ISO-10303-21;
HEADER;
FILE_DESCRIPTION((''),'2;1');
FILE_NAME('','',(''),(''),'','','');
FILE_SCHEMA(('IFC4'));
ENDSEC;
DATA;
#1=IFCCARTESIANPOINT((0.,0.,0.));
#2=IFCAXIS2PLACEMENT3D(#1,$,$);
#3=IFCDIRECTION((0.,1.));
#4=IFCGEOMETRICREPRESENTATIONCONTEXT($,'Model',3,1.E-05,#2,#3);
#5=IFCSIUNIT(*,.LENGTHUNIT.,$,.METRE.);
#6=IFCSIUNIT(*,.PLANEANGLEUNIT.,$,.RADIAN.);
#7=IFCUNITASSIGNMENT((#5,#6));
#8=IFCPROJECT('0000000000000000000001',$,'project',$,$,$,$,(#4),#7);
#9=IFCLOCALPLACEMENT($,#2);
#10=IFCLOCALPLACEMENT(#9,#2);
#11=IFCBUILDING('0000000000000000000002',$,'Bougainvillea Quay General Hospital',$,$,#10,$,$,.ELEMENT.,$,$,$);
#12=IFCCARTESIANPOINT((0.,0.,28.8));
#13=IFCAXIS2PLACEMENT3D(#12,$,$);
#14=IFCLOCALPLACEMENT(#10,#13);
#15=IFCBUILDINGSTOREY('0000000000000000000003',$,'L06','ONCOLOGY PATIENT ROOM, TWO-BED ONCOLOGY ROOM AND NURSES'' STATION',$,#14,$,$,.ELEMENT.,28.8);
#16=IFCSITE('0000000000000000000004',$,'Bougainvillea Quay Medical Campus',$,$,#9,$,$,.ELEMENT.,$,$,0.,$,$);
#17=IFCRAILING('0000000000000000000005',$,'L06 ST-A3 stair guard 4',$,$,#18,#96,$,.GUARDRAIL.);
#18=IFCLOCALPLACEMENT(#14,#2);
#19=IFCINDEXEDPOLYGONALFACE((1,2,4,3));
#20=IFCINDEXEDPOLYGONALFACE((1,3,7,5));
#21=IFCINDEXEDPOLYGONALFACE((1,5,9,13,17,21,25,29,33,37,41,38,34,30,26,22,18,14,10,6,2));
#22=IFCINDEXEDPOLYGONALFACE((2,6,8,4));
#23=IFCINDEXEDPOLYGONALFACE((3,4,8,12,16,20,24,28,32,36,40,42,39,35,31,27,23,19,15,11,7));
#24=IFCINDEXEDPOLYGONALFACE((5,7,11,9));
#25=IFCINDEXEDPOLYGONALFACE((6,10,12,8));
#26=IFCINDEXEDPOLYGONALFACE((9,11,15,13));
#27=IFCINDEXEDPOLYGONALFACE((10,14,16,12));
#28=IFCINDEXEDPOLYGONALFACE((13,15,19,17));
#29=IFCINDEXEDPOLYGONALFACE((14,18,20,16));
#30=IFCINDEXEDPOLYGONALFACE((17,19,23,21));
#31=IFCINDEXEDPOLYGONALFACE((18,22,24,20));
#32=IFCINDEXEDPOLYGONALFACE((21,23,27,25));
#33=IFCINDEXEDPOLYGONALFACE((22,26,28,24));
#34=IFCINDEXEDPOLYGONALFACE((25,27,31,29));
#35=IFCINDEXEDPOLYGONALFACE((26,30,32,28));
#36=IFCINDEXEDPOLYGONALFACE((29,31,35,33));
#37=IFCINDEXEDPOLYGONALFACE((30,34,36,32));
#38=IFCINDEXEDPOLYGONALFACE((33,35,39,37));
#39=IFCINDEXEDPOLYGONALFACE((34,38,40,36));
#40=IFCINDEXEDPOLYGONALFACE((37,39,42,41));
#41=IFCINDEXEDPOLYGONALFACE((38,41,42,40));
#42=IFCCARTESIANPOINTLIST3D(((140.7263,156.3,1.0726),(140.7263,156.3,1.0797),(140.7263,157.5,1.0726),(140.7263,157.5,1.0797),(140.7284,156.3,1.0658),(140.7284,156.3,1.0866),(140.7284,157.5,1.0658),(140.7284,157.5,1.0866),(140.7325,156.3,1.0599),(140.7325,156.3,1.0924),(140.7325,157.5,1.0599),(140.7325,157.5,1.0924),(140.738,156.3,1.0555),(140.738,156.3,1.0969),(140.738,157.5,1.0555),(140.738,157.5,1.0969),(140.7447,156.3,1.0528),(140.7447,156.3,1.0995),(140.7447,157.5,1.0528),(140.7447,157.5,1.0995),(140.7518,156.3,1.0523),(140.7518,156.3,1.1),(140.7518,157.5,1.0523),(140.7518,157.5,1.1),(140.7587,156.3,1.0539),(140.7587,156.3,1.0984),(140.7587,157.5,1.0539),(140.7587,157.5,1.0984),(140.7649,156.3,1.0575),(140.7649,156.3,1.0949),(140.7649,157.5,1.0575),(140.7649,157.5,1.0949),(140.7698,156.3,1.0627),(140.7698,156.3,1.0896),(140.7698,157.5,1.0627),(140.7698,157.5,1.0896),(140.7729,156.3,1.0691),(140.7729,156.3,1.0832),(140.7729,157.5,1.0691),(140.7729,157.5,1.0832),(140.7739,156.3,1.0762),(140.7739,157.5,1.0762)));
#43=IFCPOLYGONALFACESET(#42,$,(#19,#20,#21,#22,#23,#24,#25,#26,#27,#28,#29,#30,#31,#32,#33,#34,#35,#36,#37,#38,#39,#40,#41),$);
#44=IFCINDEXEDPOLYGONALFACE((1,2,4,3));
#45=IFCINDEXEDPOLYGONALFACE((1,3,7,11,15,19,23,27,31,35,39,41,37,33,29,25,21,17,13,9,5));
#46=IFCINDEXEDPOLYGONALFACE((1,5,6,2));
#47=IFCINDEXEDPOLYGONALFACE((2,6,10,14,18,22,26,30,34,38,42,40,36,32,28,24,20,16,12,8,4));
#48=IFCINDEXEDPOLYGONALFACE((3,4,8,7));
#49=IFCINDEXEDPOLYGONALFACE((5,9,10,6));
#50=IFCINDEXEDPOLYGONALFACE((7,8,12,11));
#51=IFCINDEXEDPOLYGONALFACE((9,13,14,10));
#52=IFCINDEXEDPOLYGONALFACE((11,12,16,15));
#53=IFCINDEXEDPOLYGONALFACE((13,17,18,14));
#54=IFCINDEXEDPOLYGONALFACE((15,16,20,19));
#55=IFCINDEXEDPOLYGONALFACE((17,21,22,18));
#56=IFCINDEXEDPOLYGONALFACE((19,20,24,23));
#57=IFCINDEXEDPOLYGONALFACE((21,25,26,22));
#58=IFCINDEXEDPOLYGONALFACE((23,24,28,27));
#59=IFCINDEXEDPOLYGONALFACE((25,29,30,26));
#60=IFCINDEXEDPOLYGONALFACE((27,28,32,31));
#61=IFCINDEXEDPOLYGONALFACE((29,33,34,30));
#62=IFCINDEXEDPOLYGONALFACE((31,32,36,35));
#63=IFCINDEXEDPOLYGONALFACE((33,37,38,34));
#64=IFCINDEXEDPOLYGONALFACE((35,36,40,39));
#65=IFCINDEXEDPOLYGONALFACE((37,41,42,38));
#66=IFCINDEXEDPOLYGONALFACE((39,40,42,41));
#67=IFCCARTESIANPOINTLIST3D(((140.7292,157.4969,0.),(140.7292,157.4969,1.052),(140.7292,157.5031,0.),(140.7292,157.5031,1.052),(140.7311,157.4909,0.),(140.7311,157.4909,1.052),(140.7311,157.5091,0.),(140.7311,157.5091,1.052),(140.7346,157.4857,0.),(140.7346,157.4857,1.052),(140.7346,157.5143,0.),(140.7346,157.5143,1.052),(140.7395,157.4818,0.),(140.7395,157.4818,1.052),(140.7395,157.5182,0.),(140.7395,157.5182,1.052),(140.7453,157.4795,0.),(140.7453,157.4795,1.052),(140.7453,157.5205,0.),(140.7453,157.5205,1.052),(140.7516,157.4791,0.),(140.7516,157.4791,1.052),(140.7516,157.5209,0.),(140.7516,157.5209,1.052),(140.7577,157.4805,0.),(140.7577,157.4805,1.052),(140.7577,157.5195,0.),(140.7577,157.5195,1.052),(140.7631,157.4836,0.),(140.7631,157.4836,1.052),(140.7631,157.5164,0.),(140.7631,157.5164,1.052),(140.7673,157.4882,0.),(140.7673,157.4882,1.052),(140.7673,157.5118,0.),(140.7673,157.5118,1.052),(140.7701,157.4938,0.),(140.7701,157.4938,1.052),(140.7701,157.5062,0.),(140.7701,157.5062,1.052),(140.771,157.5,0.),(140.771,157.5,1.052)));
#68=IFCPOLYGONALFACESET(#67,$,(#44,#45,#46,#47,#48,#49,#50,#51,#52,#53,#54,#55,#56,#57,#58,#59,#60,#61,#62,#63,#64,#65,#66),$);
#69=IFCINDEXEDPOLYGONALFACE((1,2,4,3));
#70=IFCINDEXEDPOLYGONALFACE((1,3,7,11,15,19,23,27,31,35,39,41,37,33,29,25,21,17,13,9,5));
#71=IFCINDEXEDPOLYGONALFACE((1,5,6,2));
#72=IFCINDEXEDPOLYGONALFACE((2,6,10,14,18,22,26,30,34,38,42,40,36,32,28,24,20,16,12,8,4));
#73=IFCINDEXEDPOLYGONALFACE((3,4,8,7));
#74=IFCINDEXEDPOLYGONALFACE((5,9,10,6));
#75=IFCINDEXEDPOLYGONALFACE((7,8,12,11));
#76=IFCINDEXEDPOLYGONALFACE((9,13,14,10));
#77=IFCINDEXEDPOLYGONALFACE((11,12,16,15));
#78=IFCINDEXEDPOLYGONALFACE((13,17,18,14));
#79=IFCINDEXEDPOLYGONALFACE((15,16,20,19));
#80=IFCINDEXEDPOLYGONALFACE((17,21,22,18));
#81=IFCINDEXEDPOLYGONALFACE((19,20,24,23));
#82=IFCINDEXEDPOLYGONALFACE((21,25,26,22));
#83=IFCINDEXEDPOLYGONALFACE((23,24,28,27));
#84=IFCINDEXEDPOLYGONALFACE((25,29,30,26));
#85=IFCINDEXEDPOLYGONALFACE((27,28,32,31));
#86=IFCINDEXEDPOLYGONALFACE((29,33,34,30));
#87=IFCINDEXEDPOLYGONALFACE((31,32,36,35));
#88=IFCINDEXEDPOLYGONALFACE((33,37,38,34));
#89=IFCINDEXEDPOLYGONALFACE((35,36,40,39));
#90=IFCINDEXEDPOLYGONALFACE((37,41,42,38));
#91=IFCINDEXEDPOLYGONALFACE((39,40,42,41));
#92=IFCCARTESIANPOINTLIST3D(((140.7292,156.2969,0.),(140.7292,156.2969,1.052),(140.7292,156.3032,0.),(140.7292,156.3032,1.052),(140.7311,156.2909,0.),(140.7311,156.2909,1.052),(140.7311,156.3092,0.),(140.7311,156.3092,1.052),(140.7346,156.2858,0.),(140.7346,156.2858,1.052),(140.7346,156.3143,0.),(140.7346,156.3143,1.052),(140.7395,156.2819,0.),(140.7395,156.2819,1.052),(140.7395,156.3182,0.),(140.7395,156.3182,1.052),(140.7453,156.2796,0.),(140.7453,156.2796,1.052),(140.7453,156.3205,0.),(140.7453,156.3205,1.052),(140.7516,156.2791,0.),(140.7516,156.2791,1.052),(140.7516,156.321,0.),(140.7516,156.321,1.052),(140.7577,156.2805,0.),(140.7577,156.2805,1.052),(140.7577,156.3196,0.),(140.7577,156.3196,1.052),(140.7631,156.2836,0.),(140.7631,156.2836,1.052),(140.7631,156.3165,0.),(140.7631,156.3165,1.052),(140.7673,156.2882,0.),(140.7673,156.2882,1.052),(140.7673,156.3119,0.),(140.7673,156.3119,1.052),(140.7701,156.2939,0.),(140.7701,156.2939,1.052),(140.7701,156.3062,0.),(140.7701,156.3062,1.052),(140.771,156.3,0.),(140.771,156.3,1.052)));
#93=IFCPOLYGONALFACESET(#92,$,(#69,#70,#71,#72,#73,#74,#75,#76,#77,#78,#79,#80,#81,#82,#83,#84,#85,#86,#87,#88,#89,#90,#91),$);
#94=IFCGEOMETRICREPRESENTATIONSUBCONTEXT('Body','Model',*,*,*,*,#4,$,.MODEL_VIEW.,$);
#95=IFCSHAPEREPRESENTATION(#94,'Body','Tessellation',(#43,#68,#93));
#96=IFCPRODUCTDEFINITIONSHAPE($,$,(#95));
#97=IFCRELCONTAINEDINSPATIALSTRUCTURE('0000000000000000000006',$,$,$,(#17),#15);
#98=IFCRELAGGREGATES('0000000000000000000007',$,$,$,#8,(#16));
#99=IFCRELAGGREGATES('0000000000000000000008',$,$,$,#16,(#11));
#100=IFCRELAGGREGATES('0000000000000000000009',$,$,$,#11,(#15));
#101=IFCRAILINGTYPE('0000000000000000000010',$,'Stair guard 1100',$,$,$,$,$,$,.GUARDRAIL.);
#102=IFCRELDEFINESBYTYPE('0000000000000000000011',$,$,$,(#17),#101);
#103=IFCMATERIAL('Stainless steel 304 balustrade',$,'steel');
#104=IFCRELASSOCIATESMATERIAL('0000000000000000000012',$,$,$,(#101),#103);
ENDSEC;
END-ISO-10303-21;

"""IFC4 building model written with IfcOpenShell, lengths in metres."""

from ifc_helpers import new_model, si_unit, direction, frame, origin, origin_2d, place, context, subcontext, project, spatial, circle, extrude, material, type_object, element, save


model = new_model("IFC4")

# Units and contexts
model_context = context("Model", 3, precision=1e-05, world=origin(), true_north=direction((0.0, 1.0)))
body_context = subcontext(model_context, "Body", "Model", "MODEL_VIEW")
ifc_project = project(units=[si_unit("LENGTHUNIT", "METRE"), si_unit("PLANEANGLEUNIT", "RADIAN")], contexts=[model_context])

# Site, building, storey
site_placement = place(None, origin())
site = spatial("IfcSite", under=ifc_project, at=site_placement, Name="Bougainvillea Quay Medical Campus", CompositionType="ELEMENT", RefElevation=0.0)
building_placement = place(site_placement, origin())
building = spatial("IfcBuilding", under=site, at=building_placement, Name="Bougainvillea Quay General Hospital", CompositionType="ELEMENT")
storey_placement = place(building_placement, frame((0.0, 0.0, 28.8)))
storey = spatial("IfcBuildingStorey", under=building, at=storey_placement, Name="L06", Description="ONCOLOGY PATIENT ROOM, TWO-BED ONCOLOGY ROOM AND NURSES' STATION", CompositionType="ELEMENT", Elevation=28.8)

# Railing
ifc_material_1 = material(Name="Stainless steel 304 balustrade", Category="steel")
railing_type_1 = type_object("IfcRailingType", Name="Stair guard 1100", PredefinedType="GUARDRAIL", material=ifc_material_1)
railing_1_placement = place(storey_placement, frame((140.75, 157.5, 0.0)))
element("IfcRailing", 1, at=railing_1_placement, inside=storey, type_object=railing_type_1, Name="L06 ST-A3 stair guard 4", PredefinedType="GUARDRAIL", context=body_context, shape_type="SweptSolid", body=[
    extrude(circle(Radius=0.0239, at=origin_2d()), frame((0.0, 0.0, 1.0762), z_axis=(0.0, -1.0, 0.0), x_axis=(1.0, 0.0, 0.0)), (0.0, 0.0, 1.0), 1.2),
    extrude(circle(Radius=0.021, at=origin_2d()), origin(), (0.0, 0.0, 1.0), 1.052),
    extrude(circle(Radius=0.021, at=origin_2d()), frame((0.0, -1.2, 0.0)), (0.0, 0.0, 1.0), 1.052),
])

save(model, "model.ifc")
